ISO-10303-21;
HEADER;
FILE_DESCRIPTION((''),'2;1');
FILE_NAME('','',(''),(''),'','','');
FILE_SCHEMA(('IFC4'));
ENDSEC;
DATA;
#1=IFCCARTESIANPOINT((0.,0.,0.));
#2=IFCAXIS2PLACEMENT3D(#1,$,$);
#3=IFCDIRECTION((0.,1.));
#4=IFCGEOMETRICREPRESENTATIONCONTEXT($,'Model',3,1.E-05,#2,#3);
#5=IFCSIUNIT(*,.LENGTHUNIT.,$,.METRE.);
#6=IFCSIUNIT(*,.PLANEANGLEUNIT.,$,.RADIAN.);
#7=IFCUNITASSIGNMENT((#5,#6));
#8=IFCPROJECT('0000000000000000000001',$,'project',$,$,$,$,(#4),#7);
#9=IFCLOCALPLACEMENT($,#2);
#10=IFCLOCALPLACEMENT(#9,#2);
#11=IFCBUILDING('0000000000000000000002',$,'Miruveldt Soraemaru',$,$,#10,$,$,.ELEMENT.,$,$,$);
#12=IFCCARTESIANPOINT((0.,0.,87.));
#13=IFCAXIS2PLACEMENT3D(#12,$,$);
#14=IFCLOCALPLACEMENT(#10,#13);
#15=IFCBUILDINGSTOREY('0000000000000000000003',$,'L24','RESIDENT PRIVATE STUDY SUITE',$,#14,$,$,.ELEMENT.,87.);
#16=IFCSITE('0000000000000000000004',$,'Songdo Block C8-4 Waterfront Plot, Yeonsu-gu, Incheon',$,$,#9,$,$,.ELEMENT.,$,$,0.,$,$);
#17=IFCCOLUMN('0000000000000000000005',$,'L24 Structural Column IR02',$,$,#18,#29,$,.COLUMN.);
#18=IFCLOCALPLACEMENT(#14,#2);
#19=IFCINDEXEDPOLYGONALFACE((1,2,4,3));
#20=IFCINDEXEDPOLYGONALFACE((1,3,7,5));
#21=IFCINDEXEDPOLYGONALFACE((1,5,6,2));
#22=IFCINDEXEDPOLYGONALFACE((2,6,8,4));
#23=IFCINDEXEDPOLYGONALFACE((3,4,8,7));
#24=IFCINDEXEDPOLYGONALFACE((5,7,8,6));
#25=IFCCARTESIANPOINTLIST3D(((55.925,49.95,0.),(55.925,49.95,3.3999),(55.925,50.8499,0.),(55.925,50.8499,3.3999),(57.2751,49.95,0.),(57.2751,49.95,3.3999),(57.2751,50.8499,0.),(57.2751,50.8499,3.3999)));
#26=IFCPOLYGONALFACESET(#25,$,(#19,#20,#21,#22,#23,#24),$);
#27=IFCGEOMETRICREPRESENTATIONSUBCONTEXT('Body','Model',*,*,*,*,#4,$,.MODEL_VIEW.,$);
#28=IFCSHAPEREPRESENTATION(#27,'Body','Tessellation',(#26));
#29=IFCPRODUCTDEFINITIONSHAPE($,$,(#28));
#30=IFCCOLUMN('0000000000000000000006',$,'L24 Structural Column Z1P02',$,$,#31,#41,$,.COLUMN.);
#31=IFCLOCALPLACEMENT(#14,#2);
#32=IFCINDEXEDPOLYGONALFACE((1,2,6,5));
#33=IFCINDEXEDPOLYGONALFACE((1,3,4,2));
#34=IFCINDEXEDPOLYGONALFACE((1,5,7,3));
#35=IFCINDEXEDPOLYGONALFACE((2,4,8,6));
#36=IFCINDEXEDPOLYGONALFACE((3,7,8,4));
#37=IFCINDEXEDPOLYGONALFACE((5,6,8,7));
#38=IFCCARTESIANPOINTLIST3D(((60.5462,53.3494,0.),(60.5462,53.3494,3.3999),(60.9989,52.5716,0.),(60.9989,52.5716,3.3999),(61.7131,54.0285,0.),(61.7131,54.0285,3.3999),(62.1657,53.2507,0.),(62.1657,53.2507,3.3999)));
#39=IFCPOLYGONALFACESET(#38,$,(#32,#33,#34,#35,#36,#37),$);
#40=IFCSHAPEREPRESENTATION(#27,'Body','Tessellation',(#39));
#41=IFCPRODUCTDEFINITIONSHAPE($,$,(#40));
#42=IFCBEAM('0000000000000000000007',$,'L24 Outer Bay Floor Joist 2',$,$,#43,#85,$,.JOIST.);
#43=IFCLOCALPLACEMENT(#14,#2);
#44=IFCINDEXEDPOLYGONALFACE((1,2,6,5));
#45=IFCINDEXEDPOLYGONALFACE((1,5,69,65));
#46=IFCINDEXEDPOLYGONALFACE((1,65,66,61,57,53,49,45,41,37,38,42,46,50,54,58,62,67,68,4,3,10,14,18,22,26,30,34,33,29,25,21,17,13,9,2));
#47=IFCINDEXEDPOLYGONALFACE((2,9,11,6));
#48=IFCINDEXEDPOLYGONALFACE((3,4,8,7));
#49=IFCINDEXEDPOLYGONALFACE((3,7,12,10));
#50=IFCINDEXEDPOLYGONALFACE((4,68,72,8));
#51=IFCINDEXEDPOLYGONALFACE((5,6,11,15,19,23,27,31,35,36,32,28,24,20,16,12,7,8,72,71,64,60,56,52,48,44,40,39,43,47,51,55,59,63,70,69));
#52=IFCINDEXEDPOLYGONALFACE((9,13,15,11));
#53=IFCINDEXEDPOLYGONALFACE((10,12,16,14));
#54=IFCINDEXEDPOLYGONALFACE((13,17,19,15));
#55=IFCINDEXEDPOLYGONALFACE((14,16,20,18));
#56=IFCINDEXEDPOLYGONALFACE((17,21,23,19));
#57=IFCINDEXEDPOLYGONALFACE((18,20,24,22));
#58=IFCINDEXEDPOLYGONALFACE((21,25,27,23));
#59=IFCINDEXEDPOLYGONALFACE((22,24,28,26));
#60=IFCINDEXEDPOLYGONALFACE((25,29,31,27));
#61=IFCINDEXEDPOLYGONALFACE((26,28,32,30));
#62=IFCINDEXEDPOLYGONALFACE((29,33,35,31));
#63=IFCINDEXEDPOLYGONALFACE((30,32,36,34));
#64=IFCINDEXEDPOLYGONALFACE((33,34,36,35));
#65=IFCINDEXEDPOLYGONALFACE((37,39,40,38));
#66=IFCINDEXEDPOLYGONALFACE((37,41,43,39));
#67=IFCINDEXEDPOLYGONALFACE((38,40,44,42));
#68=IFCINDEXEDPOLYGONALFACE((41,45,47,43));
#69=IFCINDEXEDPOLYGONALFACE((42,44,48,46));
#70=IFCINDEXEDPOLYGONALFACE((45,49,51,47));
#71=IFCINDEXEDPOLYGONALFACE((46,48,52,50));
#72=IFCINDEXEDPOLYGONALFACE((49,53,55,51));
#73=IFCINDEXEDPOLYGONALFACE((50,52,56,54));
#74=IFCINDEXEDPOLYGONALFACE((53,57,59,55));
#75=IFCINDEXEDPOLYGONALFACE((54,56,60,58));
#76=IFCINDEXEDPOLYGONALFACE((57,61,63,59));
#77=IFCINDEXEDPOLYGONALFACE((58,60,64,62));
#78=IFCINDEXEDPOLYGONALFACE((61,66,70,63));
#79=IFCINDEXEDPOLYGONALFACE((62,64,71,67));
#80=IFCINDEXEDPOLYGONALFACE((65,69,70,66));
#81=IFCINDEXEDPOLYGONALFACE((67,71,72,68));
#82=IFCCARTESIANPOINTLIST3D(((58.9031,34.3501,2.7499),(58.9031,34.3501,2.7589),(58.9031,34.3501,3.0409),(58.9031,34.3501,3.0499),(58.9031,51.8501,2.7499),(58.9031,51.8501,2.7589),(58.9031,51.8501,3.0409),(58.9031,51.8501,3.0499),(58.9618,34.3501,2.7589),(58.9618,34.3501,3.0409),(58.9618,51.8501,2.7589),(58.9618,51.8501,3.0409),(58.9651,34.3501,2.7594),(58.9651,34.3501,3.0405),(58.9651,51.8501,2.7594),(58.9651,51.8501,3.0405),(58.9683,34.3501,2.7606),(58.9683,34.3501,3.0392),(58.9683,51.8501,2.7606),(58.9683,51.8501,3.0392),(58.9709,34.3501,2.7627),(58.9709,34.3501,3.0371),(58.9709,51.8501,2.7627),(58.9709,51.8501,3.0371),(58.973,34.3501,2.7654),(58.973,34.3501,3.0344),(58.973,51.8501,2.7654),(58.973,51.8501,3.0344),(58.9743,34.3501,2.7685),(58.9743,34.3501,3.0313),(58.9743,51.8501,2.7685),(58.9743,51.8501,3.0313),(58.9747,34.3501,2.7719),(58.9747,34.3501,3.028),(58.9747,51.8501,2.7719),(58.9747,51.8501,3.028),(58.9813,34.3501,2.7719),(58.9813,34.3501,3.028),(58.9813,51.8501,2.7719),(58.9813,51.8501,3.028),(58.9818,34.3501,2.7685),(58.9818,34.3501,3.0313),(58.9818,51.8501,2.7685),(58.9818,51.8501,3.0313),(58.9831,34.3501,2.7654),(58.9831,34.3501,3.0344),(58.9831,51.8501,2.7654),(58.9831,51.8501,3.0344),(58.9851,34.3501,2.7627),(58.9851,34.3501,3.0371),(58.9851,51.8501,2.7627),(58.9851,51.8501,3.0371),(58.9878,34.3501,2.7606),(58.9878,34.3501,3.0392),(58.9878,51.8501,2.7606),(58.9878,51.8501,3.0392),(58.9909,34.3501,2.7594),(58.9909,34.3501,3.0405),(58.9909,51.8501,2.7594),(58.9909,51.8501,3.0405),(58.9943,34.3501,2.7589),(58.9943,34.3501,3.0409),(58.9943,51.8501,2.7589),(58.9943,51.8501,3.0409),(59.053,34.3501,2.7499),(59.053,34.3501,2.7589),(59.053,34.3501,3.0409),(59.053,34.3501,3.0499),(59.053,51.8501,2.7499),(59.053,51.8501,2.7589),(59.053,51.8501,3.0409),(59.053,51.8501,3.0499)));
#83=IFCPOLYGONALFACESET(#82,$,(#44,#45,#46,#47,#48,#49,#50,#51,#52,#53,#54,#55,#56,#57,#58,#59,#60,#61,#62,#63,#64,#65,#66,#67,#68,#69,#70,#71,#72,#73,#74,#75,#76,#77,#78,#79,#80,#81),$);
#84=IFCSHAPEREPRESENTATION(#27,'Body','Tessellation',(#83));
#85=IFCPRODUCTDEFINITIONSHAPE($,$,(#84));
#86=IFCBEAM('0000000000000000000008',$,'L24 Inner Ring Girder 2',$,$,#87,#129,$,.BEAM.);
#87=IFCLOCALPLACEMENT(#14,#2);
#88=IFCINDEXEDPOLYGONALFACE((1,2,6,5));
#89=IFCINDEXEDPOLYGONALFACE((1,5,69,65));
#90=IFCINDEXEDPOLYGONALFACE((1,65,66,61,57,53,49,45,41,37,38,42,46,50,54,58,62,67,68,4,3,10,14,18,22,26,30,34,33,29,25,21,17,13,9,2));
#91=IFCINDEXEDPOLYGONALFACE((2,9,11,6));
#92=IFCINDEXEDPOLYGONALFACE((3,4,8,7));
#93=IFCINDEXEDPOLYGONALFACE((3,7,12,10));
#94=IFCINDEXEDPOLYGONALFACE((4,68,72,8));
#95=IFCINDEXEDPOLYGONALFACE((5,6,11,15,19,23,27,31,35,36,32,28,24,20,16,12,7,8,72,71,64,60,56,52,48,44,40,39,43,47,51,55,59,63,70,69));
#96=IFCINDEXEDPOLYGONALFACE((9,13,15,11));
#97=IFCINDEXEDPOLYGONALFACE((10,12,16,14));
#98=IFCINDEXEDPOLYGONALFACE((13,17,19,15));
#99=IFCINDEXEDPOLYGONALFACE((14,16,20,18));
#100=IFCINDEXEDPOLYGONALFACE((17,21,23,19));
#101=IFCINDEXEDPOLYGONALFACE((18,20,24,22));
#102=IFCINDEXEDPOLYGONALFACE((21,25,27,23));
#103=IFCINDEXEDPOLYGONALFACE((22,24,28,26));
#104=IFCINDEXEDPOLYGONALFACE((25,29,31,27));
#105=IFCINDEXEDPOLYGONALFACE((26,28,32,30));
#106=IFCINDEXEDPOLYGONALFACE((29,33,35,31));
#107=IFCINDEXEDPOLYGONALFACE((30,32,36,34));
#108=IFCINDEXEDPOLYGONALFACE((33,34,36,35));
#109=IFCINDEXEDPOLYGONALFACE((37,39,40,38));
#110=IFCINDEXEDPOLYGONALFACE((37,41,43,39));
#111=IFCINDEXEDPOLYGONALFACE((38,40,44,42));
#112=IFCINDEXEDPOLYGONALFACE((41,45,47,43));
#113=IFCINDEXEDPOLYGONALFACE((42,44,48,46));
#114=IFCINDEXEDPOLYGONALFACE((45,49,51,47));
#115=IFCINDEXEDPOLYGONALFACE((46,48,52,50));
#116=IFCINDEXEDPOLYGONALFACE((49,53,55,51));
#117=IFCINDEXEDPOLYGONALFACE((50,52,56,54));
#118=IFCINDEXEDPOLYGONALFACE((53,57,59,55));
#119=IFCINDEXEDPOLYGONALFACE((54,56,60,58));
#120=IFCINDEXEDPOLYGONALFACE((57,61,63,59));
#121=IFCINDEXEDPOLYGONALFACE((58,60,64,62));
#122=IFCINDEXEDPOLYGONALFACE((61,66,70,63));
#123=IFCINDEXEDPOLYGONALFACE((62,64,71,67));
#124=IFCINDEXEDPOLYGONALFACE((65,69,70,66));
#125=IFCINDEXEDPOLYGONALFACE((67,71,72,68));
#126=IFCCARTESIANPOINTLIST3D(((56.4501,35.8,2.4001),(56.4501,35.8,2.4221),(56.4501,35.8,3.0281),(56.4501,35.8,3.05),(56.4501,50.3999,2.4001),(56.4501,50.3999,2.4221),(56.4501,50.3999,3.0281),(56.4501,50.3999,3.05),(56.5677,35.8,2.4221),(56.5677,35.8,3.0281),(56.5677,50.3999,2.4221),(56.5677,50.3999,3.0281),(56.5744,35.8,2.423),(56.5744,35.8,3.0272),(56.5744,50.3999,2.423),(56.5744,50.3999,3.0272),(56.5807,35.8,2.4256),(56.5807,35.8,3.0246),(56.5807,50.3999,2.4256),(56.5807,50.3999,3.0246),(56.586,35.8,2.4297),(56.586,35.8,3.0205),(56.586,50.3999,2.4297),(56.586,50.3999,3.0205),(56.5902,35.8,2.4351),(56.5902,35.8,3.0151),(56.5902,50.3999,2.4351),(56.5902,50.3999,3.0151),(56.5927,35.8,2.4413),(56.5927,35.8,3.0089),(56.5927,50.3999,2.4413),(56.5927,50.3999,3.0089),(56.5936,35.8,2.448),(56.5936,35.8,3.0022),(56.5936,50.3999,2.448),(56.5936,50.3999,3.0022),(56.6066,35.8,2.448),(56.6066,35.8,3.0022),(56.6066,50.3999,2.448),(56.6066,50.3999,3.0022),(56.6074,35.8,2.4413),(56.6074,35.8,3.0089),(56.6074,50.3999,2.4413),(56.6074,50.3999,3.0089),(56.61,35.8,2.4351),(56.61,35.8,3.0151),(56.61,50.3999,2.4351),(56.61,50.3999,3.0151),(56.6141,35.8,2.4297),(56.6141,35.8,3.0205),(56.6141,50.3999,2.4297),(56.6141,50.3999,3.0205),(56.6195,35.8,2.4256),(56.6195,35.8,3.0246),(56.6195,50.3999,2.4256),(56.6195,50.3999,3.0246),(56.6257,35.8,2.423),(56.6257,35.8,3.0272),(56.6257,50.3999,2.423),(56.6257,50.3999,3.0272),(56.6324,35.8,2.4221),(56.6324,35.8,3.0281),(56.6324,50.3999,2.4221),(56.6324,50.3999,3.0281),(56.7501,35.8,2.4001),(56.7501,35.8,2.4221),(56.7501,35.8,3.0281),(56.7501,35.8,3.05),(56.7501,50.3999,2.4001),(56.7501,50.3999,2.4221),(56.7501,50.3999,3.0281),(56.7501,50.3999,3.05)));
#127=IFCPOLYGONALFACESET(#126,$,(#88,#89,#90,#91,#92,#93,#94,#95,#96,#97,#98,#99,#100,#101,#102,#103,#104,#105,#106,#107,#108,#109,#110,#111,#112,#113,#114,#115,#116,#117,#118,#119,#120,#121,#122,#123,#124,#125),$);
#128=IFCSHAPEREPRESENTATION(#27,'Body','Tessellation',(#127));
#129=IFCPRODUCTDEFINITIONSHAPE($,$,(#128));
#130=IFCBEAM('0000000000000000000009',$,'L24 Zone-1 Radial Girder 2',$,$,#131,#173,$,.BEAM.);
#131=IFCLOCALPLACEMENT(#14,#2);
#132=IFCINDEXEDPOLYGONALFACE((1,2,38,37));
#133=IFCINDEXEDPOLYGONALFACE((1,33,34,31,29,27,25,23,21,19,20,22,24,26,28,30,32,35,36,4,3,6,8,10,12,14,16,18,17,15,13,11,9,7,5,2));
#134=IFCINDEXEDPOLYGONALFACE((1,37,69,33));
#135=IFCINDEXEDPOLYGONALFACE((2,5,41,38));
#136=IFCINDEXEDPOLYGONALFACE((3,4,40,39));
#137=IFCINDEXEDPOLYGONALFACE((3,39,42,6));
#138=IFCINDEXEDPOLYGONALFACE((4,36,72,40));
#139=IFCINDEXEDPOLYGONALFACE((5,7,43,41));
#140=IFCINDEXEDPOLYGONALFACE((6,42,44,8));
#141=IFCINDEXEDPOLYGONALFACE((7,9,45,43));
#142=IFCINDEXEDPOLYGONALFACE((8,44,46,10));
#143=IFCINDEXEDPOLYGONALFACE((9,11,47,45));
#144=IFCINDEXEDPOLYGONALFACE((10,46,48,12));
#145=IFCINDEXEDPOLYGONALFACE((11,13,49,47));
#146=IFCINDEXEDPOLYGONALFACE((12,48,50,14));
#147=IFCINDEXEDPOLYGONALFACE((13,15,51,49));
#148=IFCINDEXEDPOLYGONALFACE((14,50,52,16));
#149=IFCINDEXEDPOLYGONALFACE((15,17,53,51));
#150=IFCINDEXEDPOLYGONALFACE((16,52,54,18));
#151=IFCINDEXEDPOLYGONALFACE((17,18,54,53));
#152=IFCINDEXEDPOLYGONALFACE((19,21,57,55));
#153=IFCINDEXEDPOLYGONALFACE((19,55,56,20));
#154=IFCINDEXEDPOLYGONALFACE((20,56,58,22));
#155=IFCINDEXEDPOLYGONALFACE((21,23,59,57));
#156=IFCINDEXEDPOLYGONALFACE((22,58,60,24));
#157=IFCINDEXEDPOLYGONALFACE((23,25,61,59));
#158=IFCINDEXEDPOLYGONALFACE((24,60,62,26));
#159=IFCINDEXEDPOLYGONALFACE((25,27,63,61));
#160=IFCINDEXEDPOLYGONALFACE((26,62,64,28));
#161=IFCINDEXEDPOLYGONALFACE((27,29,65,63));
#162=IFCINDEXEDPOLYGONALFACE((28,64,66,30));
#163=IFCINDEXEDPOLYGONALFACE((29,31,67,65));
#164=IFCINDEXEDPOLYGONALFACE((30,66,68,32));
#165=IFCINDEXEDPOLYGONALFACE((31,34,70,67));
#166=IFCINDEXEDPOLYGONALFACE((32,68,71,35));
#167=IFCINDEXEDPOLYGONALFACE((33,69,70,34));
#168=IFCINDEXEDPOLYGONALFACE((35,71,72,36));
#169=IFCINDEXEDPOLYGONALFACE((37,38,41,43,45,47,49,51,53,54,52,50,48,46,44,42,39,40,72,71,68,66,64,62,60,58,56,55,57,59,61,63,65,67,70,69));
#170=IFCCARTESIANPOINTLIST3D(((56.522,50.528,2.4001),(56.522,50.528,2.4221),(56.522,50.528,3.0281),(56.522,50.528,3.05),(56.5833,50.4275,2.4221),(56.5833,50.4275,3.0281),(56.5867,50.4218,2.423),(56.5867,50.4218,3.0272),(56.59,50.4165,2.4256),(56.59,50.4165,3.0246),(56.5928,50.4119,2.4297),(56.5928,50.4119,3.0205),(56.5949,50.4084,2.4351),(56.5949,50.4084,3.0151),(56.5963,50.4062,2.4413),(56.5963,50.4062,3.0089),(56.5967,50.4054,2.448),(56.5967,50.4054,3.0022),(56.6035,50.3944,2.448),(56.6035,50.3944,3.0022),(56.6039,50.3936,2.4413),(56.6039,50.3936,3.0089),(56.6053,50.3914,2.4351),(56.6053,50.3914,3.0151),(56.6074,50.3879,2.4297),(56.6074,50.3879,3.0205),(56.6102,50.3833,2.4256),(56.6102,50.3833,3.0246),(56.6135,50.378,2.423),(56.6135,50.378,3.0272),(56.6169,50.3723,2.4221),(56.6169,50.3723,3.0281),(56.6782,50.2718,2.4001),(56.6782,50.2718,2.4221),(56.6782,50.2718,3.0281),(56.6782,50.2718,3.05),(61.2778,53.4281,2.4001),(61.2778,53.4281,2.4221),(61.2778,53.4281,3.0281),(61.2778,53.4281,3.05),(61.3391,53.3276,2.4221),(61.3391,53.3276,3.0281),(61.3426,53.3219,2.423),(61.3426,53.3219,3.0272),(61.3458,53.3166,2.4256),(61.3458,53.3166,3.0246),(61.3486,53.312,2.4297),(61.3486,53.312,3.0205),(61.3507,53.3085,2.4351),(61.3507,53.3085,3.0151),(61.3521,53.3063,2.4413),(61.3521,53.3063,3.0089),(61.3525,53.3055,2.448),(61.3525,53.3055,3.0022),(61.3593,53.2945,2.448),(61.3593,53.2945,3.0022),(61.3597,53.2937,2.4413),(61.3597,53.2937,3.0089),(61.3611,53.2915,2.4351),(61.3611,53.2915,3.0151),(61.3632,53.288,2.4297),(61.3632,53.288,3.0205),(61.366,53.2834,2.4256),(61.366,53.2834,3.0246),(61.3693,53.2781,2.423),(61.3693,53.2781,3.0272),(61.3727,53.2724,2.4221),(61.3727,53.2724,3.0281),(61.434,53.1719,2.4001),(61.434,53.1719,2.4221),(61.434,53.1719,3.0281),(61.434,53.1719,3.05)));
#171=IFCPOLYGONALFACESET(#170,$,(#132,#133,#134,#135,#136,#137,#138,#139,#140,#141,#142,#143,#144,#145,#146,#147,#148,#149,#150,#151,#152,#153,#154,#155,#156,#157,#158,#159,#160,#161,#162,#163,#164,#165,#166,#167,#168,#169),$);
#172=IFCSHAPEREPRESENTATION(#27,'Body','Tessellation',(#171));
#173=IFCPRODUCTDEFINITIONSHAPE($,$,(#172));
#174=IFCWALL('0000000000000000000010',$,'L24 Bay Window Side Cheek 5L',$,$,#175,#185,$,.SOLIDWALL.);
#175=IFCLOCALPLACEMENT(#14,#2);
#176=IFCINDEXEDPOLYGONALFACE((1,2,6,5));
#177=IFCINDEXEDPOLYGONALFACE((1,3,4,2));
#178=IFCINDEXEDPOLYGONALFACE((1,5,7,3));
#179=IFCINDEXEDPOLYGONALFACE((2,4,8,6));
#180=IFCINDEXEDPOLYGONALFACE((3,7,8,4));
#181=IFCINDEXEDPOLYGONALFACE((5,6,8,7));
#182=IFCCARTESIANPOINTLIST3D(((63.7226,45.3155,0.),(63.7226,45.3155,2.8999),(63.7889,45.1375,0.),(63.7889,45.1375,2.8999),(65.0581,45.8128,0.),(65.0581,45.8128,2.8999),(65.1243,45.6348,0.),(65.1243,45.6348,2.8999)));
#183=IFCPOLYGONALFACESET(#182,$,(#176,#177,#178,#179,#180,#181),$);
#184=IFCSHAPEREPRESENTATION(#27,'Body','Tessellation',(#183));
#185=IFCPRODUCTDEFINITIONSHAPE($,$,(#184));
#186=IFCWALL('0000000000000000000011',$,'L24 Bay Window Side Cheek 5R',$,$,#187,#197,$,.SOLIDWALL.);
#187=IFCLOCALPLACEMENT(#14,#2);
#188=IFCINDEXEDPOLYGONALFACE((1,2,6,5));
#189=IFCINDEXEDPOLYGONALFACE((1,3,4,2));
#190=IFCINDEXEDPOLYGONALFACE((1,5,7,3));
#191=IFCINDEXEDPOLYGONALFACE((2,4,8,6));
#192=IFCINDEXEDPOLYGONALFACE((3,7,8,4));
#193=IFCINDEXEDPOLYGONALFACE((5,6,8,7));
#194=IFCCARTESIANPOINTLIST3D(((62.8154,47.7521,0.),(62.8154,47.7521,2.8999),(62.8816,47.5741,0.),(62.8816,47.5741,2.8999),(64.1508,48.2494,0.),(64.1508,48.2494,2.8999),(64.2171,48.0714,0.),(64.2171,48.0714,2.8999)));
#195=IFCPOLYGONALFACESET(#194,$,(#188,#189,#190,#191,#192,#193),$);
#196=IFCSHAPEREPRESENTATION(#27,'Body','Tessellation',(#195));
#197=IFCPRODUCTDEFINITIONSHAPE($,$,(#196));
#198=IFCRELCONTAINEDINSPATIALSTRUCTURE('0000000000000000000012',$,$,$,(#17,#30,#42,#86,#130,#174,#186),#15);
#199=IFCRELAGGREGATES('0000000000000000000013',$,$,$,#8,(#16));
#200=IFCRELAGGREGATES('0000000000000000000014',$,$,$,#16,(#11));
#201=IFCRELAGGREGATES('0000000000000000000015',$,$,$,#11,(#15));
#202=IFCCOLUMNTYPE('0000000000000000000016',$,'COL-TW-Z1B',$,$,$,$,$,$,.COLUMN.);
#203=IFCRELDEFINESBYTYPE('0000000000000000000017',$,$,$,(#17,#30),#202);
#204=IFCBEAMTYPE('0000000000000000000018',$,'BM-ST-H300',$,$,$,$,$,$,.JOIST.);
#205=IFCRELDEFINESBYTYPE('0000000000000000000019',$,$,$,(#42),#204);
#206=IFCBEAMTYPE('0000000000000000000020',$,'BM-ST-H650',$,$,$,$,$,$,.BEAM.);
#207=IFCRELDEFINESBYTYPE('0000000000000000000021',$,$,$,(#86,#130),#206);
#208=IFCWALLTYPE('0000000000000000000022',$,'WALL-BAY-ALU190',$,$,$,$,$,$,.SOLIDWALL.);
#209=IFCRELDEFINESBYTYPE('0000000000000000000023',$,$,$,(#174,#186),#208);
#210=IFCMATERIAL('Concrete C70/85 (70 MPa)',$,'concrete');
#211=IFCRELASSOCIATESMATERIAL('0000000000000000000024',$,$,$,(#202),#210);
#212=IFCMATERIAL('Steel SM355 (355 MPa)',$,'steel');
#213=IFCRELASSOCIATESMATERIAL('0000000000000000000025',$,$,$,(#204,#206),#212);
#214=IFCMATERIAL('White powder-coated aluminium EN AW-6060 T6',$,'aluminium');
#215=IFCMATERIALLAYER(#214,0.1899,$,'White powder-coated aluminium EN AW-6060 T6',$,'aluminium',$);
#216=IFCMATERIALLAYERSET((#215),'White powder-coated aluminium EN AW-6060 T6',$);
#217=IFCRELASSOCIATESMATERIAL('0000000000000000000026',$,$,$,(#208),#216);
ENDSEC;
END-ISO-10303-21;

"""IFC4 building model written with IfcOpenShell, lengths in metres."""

from ifc_helpers import new_model, si_unit, direction, frame, frame_2d, origin, origin_2d, place, context, subcontext, project, spatial, rectangle, i_section, extrude, material, layer, layer_set, material_profile, profile_set, type_object, element, save


model = new_model("IFC4")

# Units and contexts
model_context = context("Model", 3, precision=1e-05, world=origin(), true_north=direction((0.0, 1.0)))
body_context = subcontext(model_context, "Body", "Model", "MODEL_VIEW")
ifc_project = project(units=[si_unit("LENGTHUNIT", "METRE"), si_unit("PLANEANGLEUNIT", "RADIAN")], contexts=[model_context])

# Site, building, storey
site_placement = place(None, origin())
site = spatial("IfcSite", under=ifc_project, at=site_placement, Name="Songdo Block C8-4 Waterfront Plot, Yeonsu-gu, Incheon", CompositionType="ELEMENT", RefElevation=0.0)
building_placement = place(site_placement, origin())
building = spatial("IfcBuilding", under=site, at=building_placement, Name="Miruveldt Soraemaru", CompositionType="ELEMENT")
storey_placement = place(building_placement, frame((0.0, 0.0, 87.0)))
storey = spatial("IfcBuildingStorey", under=building, at=storey_placement, Name="L24", Description="RESIDENT PRIVATE STUDY SUITE", CompositionType="ELEMENT", Elevation=87.0)

# Columns
ifc_material_1 = material(Name="Concrete C70/85 (70 MPa)", Category="concrete")
ifc_material_profile_1 = material_profile(ifc_material_1, rectangle(XDim=1.3501, YDim=0.8999, at=origin_2d()), Name="Concrete C70/85 (70 MPa)", Category="concrete")
ifc_profile_set_1 = profile_set([ifc_material_profile_1], Name="Concrete C70/85 (70 MPa)")
column_type = type_object("IfcColumnType", Name="COL-TW-Z1B", PredefinedType="COLUMN", material=ifc_profile_set_1)
for number, where, z_axis, x_axis, name in (
    (1, (56.6001, 50.3999, 0.0), (0.0, 0.0, 1.0), (1.0, 0.0, 0.0), "L24 Structural Column IR02"),
    (2, (61.356, 53.3, 0.0), (0.0, 0.0, 1.0), (0.864275, 0.50302, 0.0), "L24 Structural Column Z1P02"),
):
    element("IfcColumn", number, at=place(storey_placement, frame(where, z_axis=z_axis, x_axis=x_axis)), inside=storey, type_object=column_type, Name=name, PredefinedType="COLUMN", context=body_context, shape_type="SweptSolid", body=[
        extrude(rectangle(XDim=1.3501, YDim=0.8999, at=origin_2d()), origin(), (0.0, 0.0, 1.0), 3.3999),
    ])

# Beams
ifc_material_2 = material(Name="Steel SM355 (355 MPa)", Category="steel")
ifc_material_profile_2 = material_profile(ifc_material_2, i_section(OverallWidth=0.1499, OverallDepth=0.3, WebThickness=0.0066, FlangeThickness=0.009, FilletRadius=0.0129, at=origin_2d()), Name="Steel SM355 (355 MPa)", Category="steel")
ifc_profile_set_2 = profile_set([ifc_material_profile_2], Name="Steel SM355 (355 MPa)")
beam_type_1 = type_object("IfcBeamType", Name="BM-ST-H300", PredefinedType="JOIST", material=ifc_profile_set_2)
beam_1_placement = place(storey_placement, frame((58.978, 51.8501, 2.8999), z_axis=(0.0, -1.0, 0.0), x_axis=(1.0, 0.0, 0.0)))
element("IfcBeam", 3, at=beam_1_placement, inside=storey, type_object=beam_type_1, Name="L24 Outer Bay Floor Joist 2", PredefinedType="JOIST", context=body_context, shape_type="SweptSolid", body=[
    extrude(i_section(OverallWidth=0.1499, OverallDepth=0.3, WebThickness=0.0066, FlangeThickness=0.009, FilletRadius=0.0129, at=origin_2d()), origin(), (0.0, 0.0, 1.0), 17.5),
])
ifc_material_profile_3 = material_profile(ifc_material_2, i_section(OverallWidth=0.3, OverallDepth=0.6499, WebThickness=0.0129, FlangeThickness=0.022, FilletRadius=0.0259, at=origin_2d()), Name="Steel SM355 (355 MPa)", Category="steel")
ifc_profile_set_3 = profile_set([ifc_material_profile_3], Name="Steel SM355 (355 MPa)")
beam_type_2 = type_object("IfcBeamType", Name="BM-ST-H650", PredefinedType="BEAM", material=ifc_profile_set_3)
beam_2_placement = place(storey_placement, frame((56.6001, 50.3999, 2.7251), z_axis=(0.0, -1.0, 0.0), x_axis=(1.0, 0.0, 0.0)))
element("IfcBeam", 4, at=beam_2_placement, inside=storey, type_object=beam_type_2, Name="L24 Inner Ring Girder 2", PredefinedType="BEAM", context=body_context, shape_type="SweptSolid", body=[
    extrude(i_section(OverallWidth=0.3, OverallDepth=0.6499, WebThickness=0.0129, FlangeThickness=0.022, FilletRadius=0.0259, at=origin_2d()), origin(), (0.0, 0.0, 1.0), 14.5999),
])
beam_3_placement = place(storey_placement, frame((56.6001, 50.3999, 2.7251), z_axis=(0.853778, 0.520638, 0.0), x_axis=(-0.520638, 0.853778, 0.0)))
element("IfcBeam", 5, at=beam_3_placement, inside=storey, type_object=beam_type_2, Name="L24 Zone-1 Radial Girder 2", PredefinedType="BEAM", context=body_context, shape_type="SweptSolid", body=[
    extrude(i_section(OverallWidth=0.3, OverallDepth=0.6499, WebThickness=0.0129, FlangeThickness=0.022, FilletRadius=0.0259, at=origin_2d()), origin(), (0.0, 0.0, 1.0), 5.5703),
])

# Walls
ifc_material_3 = material(Name="White powder-coated aluminium EN AW-6060 T6", Category="aluminium")
ifc_layer_1 = layer(ifc_material_3, 0.1899, Name="White powder-coated aluminium EN AW-6060 T6", Category="aluminium")
ifc_layer_set_1 = layer_set([ifc_layer_1], Name="White powder-coated aluminium EN AW-6060 T6")
wall_type_1 = type_object("IfcWallType", Name="WALL-BAY-ALU190", PredefinedType="SOLIDWALL", material=ifc_layer_set_1)
for number, where, z_axis, x_axis, name in (
    (6, (63.7559, 45.2266, 0.0), (0.0, 0.0, 1.0), (0.937129, 0.348982, 0.0), "L24 Bay Window Side Cheek 5L"),
    (7, (64.1838, 48.1604, 0.0), (0.0, 0.0, 1.0), (-0.937129, -0.348982, 0.0), "L24 Bay Window Side Cheek 5R"),
):
    element("IfcWall", number, at=place(storey_placement, frame(where, z_axis=z_axis, x_axis=x_axis)), inside=storey, type_object=wall_type_1, Name=name, PredefinedType="SOLIDWALL", context=body_context, shape_type="SweptSolid", body=[
        extrude(rectangle(XDim=1.425, YDim=0.1899, at=frame_2d((0.7124, 0.0))), origin(), (0.0, 0.0, 1.0), 2.8999),
    ])

save(model, "model.ifc")
